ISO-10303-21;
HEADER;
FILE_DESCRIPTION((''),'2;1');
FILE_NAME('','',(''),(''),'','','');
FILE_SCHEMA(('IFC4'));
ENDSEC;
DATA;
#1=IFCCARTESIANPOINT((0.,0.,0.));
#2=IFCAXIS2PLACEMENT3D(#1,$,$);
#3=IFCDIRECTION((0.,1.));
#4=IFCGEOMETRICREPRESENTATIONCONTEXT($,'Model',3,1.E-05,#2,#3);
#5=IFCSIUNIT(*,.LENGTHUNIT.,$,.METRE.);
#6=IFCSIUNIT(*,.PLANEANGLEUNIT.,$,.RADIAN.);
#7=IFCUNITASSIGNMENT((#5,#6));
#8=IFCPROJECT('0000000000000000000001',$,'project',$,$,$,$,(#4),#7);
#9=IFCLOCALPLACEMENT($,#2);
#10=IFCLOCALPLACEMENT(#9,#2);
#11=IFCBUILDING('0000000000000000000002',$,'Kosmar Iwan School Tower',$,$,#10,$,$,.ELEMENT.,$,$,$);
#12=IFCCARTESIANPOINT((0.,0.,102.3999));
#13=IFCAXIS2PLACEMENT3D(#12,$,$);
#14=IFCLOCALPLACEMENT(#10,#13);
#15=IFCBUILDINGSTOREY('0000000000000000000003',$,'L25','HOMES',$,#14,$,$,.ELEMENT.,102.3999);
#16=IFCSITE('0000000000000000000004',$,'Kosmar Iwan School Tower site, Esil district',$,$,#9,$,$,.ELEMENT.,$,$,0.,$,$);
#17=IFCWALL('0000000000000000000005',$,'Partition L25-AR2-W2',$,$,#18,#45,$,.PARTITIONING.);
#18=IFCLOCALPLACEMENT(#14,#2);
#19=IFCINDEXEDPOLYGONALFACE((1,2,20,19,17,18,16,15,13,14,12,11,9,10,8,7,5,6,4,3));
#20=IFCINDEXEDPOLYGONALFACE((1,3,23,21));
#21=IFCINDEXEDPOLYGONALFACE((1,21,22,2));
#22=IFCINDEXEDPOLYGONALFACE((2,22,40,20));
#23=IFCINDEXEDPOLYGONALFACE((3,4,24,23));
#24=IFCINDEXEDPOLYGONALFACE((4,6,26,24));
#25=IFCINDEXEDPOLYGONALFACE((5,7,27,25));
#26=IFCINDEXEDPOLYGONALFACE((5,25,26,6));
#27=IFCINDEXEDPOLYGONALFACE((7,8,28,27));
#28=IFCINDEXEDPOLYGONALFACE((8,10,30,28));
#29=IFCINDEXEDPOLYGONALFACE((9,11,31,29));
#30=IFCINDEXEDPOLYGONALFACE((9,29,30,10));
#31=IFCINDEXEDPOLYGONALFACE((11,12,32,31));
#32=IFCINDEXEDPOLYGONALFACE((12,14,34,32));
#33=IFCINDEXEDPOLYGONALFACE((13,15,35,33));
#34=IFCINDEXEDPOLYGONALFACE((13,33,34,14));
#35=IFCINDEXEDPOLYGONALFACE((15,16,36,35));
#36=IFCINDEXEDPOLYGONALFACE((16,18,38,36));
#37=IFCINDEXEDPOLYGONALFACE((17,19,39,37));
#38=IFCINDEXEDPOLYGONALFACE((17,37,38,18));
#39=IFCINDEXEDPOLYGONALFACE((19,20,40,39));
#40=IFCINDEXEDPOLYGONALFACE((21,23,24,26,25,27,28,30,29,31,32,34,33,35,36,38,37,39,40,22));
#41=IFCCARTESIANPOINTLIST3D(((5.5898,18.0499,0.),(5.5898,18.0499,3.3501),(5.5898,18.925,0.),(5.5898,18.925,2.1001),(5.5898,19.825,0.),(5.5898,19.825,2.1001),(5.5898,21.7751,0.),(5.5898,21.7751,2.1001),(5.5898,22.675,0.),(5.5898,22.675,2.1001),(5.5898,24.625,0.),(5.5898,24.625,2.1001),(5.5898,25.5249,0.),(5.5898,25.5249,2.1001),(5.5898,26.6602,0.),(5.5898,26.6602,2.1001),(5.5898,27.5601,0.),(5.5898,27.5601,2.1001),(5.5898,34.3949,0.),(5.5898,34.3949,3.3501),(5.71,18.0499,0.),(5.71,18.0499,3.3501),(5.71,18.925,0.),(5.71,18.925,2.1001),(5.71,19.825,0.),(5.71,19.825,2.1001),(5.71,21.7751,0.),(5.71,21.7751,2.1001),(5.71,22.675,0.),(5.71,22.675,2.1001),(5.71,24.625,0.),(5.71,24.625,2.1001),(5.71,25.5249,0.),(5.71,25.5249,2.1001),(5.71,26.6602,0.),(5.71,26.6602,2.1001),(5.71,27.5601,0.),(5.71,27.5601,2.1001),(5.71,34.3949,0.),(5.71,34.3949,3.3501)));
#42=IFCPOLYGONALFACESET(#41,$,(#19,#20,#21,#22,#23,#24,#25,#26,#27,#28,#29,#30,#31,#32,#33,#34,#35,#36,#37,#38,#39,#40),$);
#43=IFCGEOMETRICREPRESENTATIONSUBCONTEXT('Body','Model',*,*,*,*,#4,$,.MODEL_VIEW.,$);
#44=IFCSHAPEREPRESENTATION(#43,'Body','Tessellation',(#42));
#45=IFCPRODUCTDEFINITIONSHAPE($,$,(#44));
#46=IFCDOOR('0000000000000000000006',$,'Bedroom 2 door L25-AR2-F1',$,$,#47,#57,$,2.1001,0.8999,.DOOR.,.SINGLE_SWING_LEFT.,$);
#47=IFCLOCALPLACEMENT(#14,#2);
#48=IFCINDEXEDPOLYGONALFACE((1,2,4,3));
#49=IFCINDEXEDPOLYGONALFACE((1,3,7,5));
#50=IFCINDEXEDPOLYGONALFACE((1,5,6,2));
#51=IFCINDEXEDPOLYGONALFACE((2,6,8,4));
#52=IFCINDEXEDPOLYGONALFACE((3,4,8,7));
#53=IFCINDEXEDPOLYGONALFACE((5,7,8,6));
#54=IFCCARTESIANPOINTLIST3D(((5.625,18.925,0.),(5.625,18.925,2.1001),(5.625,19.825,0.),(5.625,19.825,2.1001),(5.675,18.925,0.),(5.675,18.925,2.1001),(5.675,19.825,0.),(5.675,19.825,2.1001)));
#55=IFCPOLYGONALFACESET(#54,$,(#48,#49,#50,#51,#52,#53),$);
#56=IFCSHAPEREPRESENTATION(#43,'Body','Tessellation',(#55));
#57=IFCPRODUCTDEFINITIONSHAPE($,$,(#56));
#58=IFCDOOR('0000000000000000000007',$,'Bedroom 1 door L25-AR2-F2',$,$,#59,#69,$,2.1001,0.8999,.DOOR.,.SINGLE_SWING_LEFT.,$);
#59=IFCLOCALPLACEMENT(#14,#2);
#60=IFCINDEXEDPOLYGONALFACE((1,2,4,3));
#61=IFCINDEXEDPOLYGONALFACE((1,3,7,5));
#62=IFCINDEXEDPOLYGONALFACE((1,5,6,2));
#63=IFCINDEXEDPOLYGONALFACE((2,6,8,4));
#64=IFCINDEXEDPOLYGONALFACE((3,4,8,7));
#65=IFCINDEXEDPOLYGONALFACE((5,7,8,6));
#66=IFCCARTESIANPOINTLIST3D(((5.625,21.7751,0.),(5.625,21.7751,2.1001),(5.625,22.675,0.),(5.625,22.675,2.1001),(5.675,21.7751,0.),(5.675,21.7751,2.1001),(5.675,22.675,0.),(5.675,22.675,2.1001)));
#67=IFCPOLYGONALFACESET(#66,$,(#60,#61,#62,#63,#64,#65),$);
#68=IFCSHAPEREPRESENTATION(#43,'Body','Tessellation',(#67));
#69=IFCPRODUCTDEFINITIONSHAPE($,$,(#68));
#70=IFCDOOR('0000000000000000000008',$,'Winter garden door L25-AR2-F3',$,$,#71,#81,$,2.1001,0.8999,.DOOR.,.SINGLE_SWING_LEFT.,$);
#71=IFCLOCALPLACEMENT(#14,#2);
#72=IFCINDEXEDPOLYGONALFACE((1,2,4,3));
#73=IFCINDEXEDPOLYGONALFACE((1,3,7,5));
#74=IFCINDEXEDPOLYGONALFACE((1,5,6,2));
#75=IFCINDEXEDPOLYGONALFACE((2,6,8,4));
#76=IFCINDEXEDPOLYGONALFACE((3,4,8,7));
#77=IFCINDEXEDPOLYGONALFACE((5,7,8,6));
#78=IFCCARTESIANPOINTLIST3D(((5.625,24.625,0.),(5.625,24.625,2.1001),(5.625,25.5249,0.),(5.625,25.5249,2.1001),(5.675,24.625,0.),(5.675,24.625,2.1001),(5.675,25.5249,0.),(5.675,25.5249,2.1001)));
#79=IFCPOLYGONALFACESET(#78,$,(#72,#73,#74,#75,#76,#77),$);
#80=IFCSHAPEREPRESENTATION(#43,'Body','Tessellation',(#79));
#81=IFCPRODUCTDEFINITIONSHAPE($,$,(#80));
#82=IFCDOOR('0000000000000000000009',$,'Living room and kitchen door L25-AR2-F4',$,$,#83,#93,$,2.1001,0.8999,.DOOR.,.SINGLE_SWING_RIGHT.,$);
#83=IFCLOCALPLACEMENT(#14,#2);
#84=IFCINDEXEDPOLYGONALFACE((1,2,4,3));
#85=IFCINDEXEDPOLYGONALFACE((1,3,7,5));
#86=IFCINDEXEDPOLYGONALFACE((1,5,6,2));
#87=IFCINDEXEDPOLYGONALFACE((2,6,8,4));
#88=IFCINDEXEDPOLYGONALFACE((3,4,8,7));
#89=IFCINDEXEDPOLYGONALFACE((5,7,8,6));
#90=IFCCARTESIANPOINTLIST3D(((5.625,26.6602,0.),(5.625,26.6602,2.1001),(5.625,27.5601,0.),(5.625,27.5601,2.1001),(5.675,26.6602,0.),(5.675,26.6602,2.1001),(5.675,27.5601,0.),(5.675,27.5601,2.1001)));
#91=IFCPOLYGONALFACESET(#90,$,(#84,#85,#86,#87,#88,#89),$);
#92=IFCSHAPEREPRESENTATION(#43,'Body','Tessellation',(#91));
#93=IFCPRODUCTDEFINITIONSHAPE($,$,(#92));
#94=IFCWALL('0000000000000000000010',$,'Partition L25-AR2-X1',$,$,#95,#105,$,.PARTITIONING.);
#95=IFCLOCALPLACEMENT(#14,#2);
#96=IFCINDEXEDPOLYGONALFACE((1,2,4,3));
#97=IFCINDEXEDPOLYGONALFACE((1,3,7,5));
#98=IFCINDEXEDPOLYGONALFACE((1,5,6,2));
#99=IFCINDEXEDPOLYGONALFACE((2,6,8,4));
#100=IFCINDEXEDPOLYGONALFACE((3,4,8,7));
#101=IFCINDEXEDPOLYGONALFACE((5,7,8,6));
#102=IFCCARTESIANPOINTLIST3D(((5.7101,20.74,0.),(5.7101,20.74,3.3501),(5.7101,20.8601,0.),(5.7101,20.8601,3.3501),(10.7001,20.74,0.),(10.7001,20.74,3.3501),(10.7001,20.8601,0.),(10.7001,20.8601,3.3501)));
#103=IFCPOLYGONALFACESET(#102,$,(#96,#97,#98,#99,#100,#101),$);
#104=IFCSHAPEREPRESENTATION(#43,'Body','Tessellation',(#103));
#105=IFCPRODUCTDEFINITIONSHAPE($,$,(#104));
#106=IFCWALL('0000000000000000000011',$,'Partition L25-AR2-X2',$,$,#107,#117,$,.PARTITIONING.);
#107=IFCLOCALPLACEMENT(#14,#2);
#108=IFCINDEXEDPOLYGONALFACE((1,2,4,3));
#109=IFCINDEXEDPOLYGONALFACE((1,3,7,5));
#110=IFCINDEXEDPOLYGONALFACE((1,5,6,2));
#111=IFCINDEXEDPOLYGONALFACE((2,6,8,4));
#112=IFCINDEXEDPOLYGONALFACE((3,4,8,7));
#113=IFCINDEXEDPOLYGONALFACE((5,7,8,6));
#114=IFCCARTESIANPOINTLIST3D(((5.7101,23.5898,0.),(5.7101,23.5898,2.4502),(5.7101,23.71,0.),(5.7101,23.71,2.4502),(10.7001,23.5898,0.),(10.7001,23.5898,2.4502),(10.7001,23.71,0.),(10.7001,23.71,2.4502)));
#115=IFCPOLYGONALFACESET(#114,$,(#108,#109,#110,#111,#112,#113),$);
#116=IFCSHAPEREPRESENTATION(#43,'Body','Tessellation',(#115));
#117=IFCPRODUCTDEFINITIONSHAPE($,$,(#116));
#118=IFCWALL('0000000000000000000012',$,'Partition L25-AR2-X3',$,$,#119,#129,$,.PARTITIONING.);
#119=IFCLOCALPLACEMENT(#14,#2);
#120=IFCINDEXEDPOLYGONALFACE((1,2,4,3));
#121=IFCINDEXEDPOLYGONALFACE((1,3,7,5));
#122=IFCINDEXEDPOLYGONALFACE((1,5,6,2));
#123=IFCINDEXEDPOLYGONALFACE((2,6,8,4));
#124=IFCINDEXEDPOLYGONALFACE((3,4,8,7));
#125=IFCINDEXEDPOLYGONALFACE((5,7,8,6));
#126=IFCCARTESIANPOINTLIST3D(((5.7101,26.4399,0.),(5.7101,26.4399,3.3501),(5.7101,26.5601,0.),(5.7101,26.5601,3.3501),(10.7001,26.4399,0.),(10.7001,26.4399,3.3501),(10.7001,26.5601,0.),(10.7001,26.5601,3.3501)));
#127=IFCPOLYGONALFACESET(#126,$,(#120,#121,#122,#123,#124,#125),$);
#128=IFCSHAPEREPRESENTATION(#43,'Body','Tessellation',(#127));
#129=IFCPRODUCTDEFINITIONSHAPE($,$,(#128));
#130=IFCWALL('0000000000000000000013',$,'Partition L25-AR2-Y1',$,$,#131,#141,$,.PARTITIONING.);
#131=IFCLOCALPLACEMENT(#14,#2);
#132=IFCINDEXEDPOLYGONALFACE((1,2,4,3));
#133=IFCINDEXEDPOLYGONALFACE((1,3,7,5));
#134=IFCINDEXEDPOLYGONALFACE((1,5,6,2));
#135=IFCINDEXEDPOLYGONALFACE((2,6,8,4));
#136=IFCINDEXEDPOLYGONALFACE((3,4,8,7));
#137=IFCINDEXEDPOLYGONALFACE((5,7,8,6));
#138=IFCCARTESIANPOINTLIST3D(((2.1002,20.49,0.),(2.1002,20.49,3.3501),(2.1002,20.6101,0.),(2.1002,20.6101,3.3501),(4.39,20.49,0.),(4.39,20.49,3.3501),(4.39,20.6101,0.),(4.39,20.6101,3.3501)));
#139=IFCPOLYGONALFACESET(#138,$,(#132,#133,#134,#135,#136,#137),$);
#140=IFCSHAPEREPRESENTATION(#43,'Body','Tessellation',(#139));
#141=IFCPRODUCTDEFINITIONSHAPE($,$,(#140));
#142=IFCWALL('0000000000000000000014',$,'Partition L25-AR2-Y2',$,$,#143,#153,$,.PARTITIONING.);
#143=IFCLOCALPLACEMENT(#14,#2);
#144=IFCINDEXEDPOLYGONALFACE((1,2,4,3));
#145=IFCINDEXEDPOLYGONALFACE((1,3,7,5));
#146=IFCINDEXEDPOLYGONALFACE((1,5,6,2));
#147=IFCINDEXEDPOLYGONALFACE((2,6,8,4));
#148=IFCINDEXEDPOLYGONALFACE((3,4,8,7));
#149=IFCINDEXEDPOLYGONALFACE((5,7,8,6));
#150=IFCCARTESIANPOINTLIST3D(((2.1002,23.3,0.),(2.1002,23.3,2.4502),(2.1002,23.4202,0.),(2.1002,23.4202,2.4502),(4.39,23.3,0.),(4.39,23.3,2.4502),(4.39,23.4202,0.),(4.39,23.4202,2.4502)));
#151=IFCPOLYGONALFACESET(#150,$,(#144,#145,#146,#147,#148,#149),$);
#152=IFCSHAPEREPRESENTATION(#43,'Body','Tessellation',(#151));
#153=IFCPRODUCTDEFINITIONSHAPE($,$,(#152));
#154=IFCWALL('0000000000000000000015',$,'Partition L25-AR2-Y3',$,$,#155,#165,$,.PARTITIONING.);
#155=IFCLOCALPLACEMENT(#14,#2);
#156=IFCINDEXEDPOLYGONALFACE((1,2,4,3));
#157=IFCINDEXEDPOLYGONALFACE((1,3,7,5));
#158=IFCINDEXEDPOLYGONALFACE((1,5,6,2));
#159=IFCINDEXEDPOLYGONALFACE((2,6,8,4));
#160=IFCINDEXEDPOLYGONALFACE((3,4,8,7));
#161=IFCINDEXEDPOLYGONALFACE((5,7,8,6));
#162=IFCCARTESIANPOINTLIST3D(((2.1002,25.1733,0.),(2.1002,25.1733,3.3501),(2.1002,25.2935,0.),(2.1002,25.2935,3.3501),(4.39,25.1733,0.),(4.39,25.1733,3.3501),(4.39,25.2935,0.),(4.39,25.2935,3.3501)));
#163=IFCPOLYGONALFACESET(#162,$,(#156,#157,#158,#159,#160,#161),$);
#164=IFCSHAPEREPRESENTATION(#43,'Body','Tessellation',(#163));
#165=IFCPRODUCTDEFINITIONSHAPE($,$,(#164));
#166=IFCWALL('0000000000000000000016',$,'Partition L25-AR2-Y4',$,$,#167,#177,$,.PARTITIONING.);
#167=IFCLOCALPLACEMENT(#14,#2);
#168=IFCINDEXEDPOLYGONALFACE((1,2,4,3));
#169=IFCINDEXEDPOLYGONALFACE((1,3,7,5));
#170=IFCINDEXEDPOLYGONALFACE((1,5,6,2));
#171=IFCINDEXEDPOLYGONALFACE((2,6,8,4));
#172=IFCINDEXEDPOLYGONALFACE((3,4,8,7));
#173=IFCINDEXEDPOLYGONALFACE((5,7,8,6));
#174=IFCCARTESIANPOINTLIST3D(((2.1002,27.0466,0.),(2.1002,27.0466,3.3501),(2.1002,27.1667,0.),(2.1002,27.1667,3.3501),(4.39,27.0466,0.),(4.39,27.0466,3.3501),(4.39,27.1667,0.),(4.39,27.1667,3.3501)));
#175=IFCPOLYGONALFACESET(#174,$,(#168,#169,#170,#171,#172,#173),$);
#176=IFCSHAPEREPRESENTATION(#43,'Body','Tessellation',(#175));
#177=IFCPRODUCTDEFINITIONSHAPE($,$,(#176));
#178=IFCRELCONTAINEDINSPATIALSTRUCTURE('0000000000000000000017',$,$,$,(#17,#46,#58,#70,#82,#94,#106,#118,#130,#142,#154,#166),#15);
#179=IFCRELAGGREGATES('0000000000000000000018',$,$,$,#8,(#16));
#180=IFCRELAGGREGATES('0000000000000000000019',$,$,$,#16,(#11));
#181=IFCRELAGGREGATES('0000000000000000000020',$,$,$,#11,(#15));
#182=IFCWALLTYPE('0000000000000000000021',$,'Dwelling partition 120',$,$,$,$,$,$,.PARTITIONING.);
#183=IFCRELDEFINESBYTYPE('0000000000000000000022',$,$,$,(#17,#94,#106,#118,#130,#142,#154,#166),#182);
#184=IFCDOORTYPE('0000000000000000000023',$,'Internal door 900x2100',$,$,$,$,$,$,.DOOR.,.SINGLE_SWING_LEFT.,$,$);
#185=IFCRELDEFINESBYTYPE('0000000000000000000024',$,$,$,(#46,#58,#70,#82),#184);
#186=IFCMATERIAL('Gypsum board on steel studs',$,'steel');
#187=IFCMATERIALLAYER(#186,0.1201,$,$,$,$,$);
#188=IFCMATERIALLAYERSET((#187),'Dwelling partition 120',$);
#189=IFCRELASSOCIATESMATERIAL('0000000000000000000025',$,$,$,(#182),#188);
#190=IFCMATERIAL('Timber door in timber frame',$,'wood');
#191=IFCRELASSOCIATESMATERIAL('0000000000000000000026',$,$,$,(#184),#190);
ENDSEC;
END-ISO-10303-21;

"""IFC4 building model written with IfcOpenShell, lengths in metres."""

from ifc_helpers import new_model, si_unit, direction, frame, frame_2d, origin, place, context, subcontext, project, spatial, rectangle, extrude, material, layer, layer_set, type_object, element, fill, save


model = new_model("IFC4")

# Units and contexts
model_context = context("Model", 3, precision=1e-05, world=origin(), true_north=direction((0.0, 1.0)))
body_context = subcontext(model_context, "Body", "Model", "MODEL_VIEW")
ifc_project = project(units=[si_unit("LENGTHUNIT", "METRE"), si_unit("PLANEANGLEUNIT", "RADIAN")], contexts=[model_context])

# Site, building, storey
site_placement = place(None, origin())
site = spatial("IfcSite", under=ifc_project, at=site_placement, Name="Kosmar Iwan School Tower site, Esil district", CompositionType="ELEMENT", RefElevation=0.0)
building_placement = place(site_placement, origin())
building = spatial("IfcBuilding", under=site, at=building_placement, Name="Kosmar Iwan School Tower", CompositionType="ELEMENT")
storey_placement = place(building_placement, frame((0.0, 0.0, 102.3999)))
storey = spatial("IfcBuildingStorey", under=building, at=storey_placement, Name="L25", Description="HOMES", CompositionType="ELEMENT", Elevation=102.3999)

# Wall, openings, doors
ifc_material_1 = material(Name="Gypsum board on steel studs", Category="steel")
ifc_layer_1 = layer(ifc_material_1, 0.1201)
ifc_layer_set_1 = layer_set([ifc_layer_1], Name="Dwelling partition 120")
wall_type_1 = type_object("IfcWallType", Name="Dwelling partition 120", PredefinedType="PARTITIONING", material=ifc_layer_set_1)
wall_1_placement = place(storey_placement, frame((5.6499, 18.05, 0.0), z_axis=(0.0, 0.0, 1.0), x_axis=(0.0, 1.0, 0.0)))
wall_1 = element("IfcWall", 1, at=wall_1_placement, inside=storey, type_object=wall_type_1, Name="Partition L25-AR2-W2", PredefinedType="PARTITIONING", context=body_context, shape_type="SweptSolid", body=[
    extrude(rectangle(XDim=16.345, YDim=0.1201, at=frame_2d((8.1724, 0.0))), origin(), (0.0, 0.0, 1.0), 3.3501),
])
opening_1_placement = place(wall_1_placement, frame((0.875, 0.0, 0.0)))
opening_1 = element("IfcOpeningElement", 2, at=opening_1_placement, cuts=wall_1, PredefinedType="OPENING", context=body_context, shape_type="SweptSolid", body=[
    extrude(rectangle(XDim=0.8999, YDim=2.1001, at=frame_2d((0.45, 1.05))), frame((0.0, 0.072, 0.0), z_axis=(0.0, -1.0, 0.0), x_axis=(1.0, 0.0, 0.0)), (0.0, 0.0, 1.0), 0.144),
])
opening_2_placement = place(wall_1_placement, frame((3.7251, 0.0, 0.0)))
opening_2 = element("IfcOpeningElement", 3, at=opening_2_placement, cuts=wall_1, PredefinedType="OPENING", context=body_context, shape_type="SweptSolid", body=[
    extrude(rectangle(XDim=0.8999, YDim=2.1001, at=frame_2d((0.45, 1.05))), frame((0.0, 0.072, 0.0), z_axis=(0.0, -1.0, 0.0), x_axis=(1.0, 0.0, 0.0)), (0.0, 0.0, 1.0), 0.144),
])
opening_3_placement = place(wall_1_placement, frame((6.575, 0.0, 0.0)))
opening_3 = element("IfcOpeningElement", 4, at=opening_3_placement, cuts=wall_1, PredefinedType="OPENING", context=body_context, shape_type="SweptSolid", body=[
    extrude(rectangle(XDim=0.8999, YDim=2.1001, at=frame_2d((0.45, 1.05))), frame((0.0, 0.072, 0.0), z_axis=(0.0, -1.0, 0.0), x_axis=(1.0, 0.0, 0.0)), (0.0, 0.0, 1.0), 0.144),
])
opening_4_placement = place(wall_1_placement, frame((8.6101, 0.0, 0.0)))
opening_4 = element("IfcOpeningElement", 5, at=opening_4_placement, cuts=wall_1, PredefinedType="OPENING", context=body_context, shape_type="SweptSolid", body=[
    extrude(rectangle(XDim=0.8999, YDim=2.1001, at=frame_2d((0.45, 1.05))), frame((0.0, 0.072, 0.0), z_axis=(0.0, -1.0, 0.0), x_axis=(1.0, 0.0, 0.0)), (0.0, 0.0, 1.0), 0.144),
])
ifc_material_2 = material(Name="Timber door in timber frame", Category="wood")
door_type_1 = type_object("IfcDoorType", Name="Internal door 900x2100", OperationType="SINGLE_SWING_LEFT", PredefinedType="DOOR", material=ifc_material_2)
door_1_placement = place(opening_1_placement, origin())
door_1 = element("IfcDoor", 6, at=door_1_placement, inside=storey, type_object=door_type_1, Name="Bedroom 2 door L25-AR2-F1", OperationType="SINGLE_SWING_LEFT", OverallHeight=2.1001, OverallWidth=0.8999, PredefinedType="DOOR", context=body_context, shape_type="SweptSolid", body=[
    extrude(rectangle(XDim=0.8999, YDim=2.1001, at=frame_2d((0.45, 1.05))), frame((0.0, 0.0249, 0.0), z_axis=(0.0, -1.0, 0.0), x_axis=(1.0, 0.0, 0.0)), (0.0, 0.0, 1.0), 0.05),
])
fill(opening_1, door_1)
door_2_placement = place(opening_2_placement, origin())
door_2 = element("IfcDoor", 7, at=door_2_placement, inside=storey, type_object=door_type_1, Name="Bedroom 1 door L25-AR2-F2", OperationType="SINGLE_SWING_LEFT", OverallHeight=2.1001, OverallWidth=0.8999, PredefinedType="DOOR", context=body_context, shape_type="SweptSolid", body=[
    extrude(rectangle(XDim=0.8999, YDim=2.1001, at=frame_2d((0.45, 1.05))), frame((0.0, 0.0249, 0.0), z_axis=(0.0, -1.0, 0.0), x_axis=(1.0, 0.0, 0.0)), (0.0, 0.0, 1.0), 0.05),
])
fill(opening_2, door_2)
door_3_placement = place(opening_3_placement, origin())
door_3 = element("IfcDoor", 8, at=door_3_placement, inside=storey, type_object=door_type_1, Name="Winter garden door L25-AR2-F3", OperationType="SINGLE_SWING_LEFT", OverallHeight=2.1001, OverallWidth=0.8999, PredefinedType="DOOR", context=body_context, shape_type="SweptSolid", body=[
    extrude(rectangle(XDim=0.8999, YDim=2.1001, at=frame_2d((0.45, 1.05))), frame((0.0, 0.0249, 0.0), z_axis=(0.0, -1.0, 0.0), x_axis=(1.0, 0.0, 0.0)), (0.0, 0.0, 1.0), 0.05),
])
fill(opening_3, door_3)
door_4_placement = place(opening_4_placement, origin())
door_4 = element("IfcDoor", 9, at=door_4_placement, inside=storey, type_object=door_type_1, Name="Living room and kitchen door L25-AR2-F4", OperationType="SINGLE_SWING_RIGHT", OverallHeight=2.1001, OverallWidth=0.8999, PredefinedType="DOOR", context=body_context, shape_type="SweptSolid", body=[
    extrude(rectangle(XDim=0.8999, YDim=2.1001, at=frame_2d((0.45, 1.05))), frame((0.0, 0.0249, 0.0), z_axis=(0.0, -1.0, 0.0), x_axis=(1.0, 0.0, 0.0)), (0.0, 0.0, 1.0), 0.05),
])
fill(opening_4, door_4)

# Walls
wall_2_placement = place(storey_placement, frame((5.71, 20.8, 0.0), z_axis=(0.0, 0.0, 1.0), x_axis=(1.0, 0.0, 0.0)))
element("IfcWall", 10, at=wall_2_placement, inside=storey, type_object=wall_type_1, Name="Partition L25-AR2-X1", PredefinedType="PARTITIONING", context=body_context, shape_type="SweptSolid", body=[
    extrude(rectangle(XDim=4.99, YDim=0.1201, at=frame_2d((2.4951, 0.0))), origin(), (0.0, 0.0, 1.0), 3.3501),
])
wall_3_placement = place(storey_placement, frame((5.71, 23.6499, 0.0), z_axis=(0.0, 0.0, 1.0), x_axis=(1.0, 0.0, 0.0)))
element("IfcWall", 11, at=wall_3_placement, inside=storey, type_object=wall_type_1, Name="Partition L25-AR2-X2", PredefinedType="PARTITIONING", context=body_context, shape_type="SweptSolid", body=[
    extrude(rectangle(XDim=4.99, YDim=0.1201, at=frame_2d((2.4951, 0.0))), origin(), (0.0, 0.0, 1.0), 2.4502),
])
wall_4_placement = place(storey_placement, frame((5.71, 26.5, 0.0), z_axis=(0.0, 0.0, 1.0), x_axis=(1.0, 0.0, 0.0)))
element("IfcWall", 12, at=wall_4_placement, inside=storey, type_object=wall_type_1, Name="Partition L25-AR2-X3", PredefinedType="PARTITIONING", context=body_context, shape_type="SweptSolid", body=[
    extrude(rectangle(XDim=4.99, YDim=0.1201, at=frame_2d((2.4951, 0.0))), origin(), (0.0, 0.0, 1.0), 3.3501),
])
wall_5_placement = place(storey_placement, frame((2.1001, 20.55, 0.0), z_axis=(0.0, 0.0, 1.0), x_axis=(1.0, 0.0, 0.0)))
element("IfcWall", 13, at=wall_5_placement, inside=storey, type_object=wall_type_1, Name="Partition L25-AR2-Y1", PredefinedType="PARTITIONING", context=body_context, shape_type="SweptSolid", body=[
    extrude(rectangle(XDim=2.2898, YDim=0.1201, at=frame_2d((1.145, 0.0))), origin(), (0.0, 0.0, 1.0), 3.3501),
])
wall_6_placement = place(storey_placement, frame((2.1001, 23.3601, 0.0), z_axis=(0.0, 0.0, 1.0), x_axis=(1.0, 0.0, 0.0)))
element("IfcWall", 14, at=wall_6_placement, inside=storey, type_object=wall_type_1, Name="Partition L25-AR2-Y2", PredefinedType="PARTITIONING", context=body_context, shape_type="SweptSolid", body=[
    extrude(rectangle(XDim=2.2898, YDim=0.1201, at=frame_2d((1.145, 0.0))), origin(), (0.0, 0.0, 1.0), 2.4502),
])
for number, where, z_axis, x_axis, name in (
    (15, (2.1001, 25.2334, 0.0), (0.0, 0.0, 1.0), (1.0, 0.0, 0.0), "Partition L25-AR2-Y3"),
    (16, (2.1001, 27.1067, 0.0), (0.0, 0.0, 1.0), (1.0, 0.0, 0.0), "Partition L25-AR2-Y4"),
):
    element("IfcWall", number, at=place(storey_placement, frame(where, z_axis=z_axis, x_axis=x_axis)), inside=storey, type_object=wall_type_1, Name=name, PredefinedType="PARTITIONING", context=body_context, shape_type="SweptSolid", body=[
        extrude(rectangle(XDim=2.2898, YDim=0.1201, at=frame_2d((1.145, 0.0))), origin(), (0.0, 0.0, 1.0), 3.3501),
    ])

save(model, "model.ifc")
